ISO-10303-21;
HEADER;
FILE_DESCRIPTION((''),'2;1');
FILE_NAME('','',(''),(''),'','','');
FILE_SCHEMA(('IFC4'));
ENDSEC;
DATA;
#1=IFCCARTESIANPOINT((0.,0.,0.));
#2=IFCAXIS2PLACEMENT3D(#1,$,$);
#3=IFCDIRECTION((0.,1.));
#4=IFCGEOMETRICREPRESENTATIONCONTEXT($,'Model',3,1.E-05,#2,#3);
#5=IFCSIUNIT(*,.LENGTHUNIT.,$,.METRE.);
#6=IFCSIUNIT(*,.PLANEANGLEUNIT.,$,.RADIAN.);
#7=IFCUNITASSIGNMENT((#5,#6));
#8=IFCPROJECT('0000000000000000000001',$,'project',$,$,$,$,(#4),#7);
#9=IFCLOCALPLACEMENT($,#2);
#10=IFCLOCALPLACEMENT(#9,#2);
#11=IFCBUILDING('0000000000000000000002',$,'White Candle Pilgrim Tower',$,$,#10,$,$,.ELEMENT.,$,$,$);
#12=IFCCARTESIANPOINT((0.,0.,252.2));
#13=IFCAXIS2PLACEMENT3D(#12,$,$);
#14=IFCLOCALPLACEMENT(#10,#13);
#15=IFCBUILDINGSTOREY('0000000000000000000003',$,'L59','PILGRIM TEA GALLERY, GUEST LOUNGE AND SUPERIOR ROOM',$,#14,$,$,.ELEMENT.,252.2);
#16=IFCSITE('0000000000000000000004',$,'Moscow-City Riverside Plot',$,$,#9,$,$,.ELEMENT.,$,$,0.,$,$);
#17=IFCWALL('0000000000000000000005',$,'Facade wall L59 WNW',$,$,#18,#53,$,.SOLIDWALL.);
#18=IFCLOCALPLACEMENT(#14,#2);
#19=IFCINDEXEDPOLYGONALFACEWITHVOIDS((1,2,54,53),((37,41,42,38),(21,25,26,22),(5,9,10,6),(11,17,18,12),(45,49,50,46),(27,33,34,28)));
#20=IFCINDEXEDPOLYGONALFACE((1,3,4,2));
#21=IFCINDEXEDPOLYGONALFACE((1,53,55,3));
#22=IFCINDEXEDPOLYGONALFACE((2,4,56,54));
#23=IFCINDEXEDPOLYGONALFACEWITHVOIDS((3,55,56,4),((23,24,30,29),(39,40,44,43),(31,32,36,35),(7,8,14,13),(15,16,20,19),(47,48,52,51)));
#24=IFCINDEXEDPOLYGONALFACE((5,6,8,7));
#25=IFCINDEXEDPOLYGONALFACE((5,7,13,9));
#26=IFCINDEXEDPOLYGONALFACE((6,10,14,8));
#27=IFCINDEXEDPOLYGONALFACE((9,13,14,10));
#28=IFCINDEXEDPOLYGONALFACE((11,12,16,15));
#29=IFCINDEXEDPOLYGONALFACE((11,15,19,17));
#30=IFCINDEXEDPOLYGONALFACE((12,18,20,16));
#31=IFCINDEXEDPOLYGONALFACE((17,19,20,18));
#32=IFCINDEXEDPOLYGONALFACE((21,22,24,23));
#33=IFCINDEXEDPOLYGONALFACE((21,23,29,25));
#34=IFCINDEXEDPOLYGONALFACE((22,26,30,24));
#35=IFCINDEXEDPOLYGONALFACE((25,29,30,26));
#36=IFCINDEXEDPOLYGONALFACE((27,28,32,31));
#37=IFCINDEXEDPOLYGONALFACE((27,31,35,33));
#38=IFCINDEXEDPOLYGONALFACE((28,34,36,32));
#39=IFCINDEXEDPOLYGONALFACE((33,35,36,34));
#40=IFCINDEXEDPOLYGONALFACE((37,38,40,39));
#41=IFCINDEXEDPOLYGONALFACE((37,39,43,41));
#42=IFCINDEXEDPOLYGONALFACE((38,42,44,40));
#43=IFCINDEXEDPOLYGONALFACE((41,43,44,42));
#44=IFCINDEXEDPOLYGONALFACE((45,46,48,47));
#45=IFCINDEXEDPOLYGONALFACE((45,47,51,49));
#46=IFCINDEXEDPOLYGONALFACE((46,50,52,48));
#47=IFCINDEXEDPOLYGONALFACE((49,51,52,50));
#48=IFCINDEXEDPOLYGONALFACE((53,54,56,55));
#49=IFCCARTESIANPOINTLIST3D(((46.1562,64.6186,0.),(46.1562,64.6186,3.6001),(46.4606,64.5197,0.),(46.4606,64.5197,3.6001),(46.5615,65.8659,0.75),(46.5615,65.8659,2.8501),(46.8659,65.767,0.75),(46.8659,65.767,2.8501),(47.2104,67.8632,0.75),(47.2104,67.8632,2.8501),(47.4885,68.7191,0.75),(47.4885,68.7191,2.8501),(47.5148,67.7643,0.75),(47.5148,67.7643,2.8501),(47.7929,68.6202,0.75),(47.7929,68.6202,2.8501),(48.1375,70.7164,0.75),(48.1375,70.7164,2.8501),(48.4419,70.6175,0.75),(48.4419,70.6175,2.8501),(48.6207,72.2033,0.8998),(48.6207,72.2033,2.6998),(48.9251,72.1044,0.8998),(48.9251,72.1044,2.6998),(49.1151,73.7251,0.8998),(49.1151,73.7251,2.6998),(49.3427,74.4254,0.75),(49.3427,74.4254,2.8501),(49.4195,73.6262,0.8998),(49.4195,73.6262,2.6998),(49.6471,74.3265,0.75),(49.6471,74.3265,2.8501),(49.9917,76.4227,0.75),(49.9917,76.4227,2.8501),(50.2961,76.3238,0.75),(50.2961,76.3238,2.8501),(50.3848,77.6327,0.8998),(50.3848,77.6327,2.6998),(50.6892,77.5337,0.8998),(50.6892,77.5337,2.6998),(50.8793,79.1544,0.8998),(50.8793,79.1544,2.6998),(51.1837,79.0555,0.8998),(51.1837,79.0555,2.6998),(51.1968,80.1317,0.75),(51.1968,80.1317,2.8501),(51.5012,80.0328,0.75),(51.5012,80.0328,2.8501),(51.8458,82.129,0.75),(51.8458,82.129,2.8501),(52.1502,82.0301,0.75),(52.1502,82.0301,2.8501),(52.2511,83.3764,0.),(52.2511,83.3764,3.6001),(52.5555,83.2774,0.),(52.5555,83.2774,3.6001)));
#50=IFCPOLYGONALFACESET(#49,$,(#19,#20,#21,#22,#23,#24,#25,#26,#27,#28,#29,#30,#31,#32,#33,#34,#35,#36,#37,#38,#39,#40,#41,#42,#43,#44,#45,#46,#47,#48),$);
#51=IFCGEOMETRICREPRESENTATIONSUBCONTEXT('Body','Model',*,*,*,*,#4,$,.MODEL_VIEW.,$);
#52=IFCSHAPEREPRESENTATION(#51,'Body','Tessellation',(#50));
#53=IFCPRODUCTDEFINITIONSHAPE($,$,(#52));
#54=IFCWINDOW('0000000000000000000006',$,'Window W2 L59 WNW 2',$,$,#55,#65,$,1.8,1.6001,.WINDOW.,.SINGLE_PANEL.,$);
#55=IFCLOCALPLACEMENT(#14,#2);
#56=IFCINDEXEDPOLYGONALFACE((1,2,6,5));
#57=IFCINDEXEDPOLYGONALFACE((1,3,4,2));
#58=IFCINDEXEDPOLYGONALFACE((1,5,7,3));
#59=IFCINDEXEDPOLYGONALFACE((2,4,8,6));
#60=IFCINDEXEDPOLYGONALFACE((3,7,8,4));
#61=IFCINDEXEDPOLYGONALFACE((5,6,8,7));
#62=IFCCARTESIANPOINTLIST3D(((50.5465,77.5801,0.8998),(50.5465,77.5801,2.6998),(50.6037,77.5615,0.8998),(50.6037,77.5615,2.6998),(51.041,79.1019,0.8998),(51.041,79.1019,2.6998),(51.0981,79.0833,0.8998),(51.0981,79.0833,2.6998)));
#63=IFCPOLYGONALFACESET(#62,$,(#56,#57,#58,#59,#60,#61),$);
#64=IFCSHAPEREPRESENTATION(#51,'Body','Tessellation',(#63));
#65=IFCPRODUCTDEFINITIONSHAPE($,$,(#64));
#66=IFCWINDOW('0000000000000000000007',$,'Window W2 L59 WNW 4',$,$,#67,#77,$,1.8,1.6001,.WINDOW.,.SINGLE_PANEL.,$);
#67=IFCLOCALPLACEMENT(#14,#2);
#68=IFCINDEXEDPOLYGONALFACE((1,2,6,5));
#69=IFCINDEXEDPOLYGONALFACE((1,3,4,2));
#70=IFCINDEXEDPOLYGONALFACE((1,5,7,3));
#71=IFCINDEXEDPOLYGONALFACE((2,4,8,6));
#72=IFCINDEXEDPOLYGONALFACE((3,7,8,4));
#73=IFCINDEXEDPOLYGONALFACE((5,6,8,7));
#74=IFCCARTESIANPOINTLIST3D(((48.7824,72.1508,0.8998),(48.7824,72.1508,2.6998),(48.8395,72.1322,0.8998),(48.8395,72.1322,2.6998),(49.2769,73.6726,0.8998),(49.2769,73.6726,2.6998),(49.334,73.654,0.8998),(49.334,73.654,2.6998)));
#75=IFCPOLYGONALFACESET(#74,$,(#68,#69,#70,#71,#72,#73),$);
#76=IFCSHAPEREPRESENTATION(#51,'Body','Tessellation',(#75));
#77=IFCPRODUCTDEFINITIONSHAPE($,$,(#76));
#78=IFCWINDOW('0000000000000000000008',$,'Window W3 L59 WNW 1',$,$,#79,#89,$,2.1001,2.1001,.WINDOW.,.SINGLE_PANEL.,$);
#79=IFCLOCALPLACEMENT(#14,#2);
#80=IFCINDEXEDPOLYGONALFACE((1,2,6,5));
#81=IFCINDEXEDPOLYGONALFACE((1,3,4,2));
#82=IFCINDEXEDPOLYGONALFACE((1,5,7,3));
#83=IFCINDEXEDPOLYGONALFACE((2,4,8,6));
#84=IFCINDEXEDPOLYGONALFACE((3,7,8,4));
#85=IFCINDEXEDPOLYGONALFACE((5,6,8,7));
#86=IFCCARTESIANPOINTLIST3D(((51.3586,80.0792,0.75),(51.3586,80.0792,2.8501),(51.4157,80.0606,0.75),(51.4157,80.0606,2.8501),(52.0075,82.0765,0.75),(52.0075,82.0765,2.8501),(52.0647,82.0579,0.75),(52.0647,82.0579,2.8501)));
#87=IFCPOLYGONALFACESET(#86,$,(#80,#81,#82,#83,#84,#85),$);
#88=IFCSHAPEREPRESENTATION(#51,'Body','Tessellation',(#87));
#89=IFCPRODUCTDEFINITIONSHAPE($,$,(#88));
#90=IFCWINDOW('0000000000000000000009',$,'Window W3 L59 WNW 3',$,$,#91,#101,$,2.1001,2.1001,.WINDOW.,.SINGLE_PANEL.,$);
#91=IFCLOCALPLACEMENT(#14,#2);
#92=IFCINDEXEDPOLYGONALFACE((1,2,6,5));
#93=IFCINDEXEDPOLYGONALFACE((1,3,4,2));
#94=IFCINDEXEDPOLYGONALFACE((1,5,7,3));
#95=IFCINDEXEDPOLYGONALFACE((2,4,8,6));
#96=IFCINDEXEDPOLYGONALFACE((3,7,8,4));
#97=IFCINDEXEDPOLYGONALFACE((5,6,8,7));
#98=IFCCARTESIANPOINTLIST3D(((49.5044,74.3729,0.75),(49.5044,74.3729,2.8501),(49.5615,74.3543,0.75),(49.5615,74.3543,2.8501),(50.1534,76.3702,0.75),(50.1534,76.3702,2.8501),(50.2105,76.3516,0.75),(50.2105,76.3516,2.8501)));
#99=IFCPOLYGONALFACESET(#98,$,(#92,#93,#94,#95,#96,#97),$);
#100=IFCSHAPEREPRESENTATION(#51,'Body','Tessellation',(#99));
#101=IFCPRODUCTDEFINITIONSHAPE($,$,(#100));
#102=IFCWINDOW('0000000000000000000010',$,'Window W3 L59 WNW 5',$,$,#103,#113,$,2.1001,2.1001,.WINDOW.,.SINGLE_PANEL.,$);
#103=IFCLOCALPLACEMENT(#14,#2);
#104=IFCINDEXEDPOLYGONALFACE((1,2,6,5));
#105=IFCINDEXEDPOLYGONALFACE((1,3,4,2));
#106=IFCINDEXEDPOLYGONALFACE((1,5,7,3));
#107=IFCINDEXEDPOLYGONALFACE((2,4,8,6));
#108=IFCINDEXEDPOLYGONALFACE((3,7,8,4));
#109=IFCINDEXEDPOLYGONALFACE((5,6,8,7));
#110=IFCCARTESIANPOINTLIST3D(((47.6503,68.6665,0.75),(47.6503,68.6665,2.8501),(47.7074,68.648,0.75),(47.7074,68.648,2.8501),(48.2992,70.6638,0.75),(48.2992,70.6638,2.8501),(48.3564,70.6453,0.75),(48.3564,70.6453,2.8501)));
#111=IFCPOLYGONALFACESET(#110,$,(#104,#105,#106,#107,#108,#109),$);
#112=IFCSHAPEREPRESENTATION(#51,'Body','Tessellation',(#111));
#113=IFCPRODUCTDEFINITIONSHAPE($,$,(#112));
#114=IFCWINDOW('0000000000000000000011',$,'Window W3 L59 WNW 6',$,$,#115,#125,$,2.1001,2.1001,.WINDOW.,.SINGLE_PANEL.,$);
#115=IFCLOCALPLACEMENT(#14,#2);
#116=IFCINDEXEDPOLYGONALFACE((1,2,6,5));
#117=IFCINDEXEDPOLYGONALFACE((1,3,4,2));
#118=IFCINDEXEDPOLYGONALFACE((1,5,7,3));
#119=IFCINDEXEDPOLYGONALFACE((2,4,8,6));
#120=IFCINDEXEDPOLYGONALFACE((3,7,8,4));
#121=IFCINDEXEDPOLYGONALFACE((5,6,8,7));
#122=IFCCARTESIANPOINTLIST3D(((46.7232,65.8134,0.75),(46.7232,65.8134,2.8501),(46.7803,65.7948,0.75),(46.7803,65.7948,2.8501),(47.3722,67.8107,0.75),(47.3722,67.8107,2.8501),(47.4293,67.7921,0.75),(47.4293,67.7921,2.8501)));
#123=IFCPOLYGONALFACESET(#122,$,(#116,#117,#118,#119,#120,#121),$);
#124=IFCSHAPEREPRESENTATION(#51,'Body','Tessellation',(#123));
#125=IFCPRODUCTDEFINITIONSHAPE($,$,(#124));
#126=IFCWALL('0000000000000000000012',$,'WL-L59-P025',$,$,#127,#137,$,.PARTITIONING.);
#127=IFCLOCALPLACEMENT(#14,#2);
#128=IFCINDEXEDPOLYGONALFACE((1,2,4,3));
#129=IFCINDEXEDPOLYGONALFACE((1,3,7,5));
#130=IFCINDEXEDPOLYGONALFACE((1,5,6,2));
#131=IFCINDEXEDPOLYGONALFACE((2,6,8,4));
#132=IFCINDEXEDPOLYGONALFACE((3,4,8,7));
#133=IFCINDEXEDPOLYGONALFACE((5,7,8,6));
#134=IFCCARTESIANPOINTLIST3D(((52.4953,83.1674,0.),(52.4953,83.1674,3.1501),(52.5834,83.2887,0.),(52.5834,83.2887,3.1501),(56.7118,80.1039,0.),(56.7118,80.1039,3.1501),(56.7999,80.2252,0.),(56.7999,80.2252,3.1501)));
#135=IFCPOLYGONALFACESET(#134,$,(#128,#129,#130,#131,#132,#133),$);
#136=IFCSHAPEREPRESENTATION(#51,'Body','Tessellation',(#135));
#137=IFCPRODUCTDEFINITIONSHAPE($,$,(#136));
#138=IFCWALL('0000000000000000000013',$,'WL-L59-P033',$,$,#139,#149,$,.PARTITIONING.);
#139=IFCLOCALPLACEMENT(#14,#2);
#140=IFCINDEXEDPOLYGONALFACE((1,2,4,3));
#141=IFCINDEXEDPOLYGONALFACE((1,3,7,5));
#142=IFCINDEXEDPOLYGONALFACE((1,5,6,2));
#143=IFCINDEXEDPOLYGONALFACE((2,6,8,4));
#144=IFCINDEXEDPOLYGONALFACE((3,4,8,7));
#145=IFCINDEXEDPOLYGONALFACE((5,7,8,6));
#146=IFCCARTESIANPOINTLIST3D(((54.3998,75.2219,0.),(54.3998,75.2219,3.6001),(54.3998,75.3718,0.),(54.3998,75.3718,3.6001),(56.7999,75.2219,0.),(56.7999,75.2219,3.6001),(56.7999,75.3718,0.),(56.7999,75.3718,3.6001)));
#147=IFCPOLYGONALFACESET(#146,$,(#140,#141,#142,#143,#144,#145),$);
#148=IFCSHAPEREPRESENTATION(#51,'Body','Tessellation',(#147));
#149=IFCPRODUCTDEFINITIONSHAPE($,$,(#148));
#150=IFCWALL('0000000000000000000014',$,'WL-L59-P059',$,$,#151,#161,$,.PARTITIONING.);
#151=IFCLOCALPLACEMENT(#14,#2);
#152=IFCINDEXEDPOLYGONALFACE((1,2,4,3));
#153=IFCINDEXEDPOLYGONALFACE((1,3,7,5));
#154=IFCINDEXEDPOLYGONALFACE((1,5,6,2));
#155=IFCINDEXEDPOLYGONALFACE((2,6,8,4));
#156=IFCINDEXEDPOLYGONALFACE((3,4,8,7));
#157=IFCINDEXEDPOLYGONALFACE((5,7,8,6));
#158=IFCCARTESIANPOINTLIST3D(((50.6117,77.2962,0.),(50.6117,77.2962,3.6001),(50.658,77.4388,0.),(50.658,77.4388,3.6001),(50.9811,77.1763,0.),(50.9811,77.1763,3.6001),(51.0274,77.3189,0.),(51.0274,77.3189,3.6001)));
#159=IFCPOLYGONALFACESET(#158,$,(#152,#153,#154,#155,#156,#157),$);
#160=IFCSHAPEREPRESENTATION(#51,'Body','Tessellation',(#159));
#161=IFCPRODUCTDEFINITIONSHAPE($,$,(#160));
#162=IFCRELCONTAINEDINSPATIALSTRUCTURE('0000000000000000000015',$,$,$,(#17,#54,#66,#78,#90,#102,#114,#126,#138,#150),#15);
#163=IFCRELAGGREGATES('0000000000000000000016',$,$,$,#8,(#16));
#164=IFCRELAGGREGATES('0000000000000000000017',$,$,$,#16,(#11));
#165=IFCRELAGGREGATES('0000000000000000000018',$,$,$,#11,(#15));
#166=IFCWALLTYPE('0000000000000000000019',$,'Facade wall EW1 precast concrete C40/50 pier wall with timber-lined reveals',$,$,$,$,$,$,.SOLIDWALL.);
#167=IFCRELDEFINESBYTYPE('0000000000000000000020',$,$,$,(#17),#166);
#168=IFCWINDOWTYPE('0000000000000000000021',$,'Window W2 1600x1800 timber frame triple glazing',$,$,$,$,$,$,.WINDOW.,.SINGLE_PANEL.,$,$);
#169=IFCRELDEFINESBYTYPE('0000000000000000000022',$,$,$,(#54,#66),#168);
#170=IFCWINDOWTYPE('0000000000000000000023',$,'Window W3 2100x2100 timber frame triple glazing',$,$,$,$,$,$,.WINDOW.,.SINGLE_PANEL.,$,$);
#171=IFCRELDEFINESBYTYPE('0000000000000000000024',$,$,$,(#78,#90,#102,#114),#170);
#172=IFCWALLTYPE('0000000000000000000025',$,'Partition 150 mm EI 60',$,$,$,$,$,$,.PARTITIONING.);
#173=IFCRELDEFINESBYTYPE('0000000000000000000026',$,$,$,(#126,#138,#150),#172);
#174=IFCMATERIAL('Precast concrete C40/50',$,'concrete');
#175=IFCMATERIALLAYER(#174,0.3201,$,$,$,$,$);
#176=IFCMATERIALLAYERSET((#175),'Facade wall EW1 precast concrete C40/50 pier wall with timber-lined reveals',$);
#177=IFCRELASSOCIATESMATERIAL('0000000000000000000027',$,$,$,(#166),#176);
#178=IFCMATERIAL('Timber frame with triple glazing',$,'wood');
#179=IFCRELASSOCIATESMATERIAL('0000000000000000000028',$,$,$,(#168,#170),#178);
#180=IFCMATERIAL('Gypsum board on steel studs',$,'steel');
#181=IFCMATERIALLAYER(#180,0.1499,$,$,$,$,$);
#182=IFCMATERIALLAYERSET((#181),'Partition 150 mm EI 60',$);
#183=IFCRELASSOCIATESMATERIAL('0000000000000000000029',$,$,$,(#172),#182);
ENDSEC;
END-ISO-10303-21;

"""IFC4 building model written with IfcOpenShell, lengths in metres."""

from ifc_helpers import new_model, si_unit, direction, frame, frame_2d, origin, place, context, subcontext, project, spatial, rectangle, extrude, material, layer, layer_set, type_object, element, fill, save


model = new_model("IFC4")

# Units and contexts
model_context = context("Model", 3, precision=1e-05, world=origin(), true_north=direction((0.0, 1.0)))
body_context = subcontext(model_context, "Body", "Model", "MODEL_VIEW")
ifc_project = project(units=[si_unit("LENGTHUNIT", "METRE"), si_unit("PLANEANGLEUNIT", "RADIAN")], contexts=[model_context])

# Site, building, storey
site_placement = place(None, origin())
site = spatial("IfcSite", under=ifc_project, at=site_placement, Name="Moscow-City Riverside Plot", CompositionType="ELEMENT", RefElevation=0.0)
building_placement = place(site_placement, origin())
building = spatial("IfcBuilding", under=site, at=building_placement, Name="White Candle Pilgrim Tower", CompositionType="ELEMENT")
storey_placement = place(building_placement, frame((0.0, 0.0, 252.2)))
storey = spatial("IfcBuildingStorey", under=building, at=storey_placement, Name="L59", Description="PILGRIM TEA GALLERY, GUEST LOUNGE AND SUPERIOR ROOM", CompositionType="ELEMENT", Elevation=252.2)

# Shared definitions
ifc_material_1 = material(Name="Precast concrete C40/50", Category="concrete")
ifc_layer_1 = layer(ifc_material_1, 0.3201)
ifc_layer_set_1 = layer_set([ifc_layer_1], Name="Facade wall EW1 precast concrete C40/50 pier wall with timber-lined reveals")
wall_type_1 = type_object("IfcWallType", Name="Facade wall EW1 precast concrete C40/50 pier wall with timber-lined reveals", PredefinedType="SOLIDWALL", material=ifc_layer_set_1)
ifc_material_2 = material(Name="Timber frame with triple glazing", Category="wood")

# Wall, openings, windows
wall_1_placement = place(storey_placement, frame((52.4033, 83.3269, 0.0), z_axis=(0.0, 0.0, 1.0), x_axis=(-0.309026, -0.951054, 0.0)))
wall_1 = element("IfcWall", 1, at=wall_1_placement, inside=storey, type_object=wall_type_1, Name="Facade wall L59 WNW", PredefinedType="SOLIDWALL", context=body_context, shape_type="SweptSolid", body=[
    extrude(rectangle(XDim=19.7231, YDim=0.3201, at=frame_2d((9.8616, 0.0))), origin(), (0.0, 0.0, 1.0), 3.6001),
])
opening_1_placement = place(wall_1_placement, frame((1.3115, 0.0, 0.75)))
opening_1 = element("IfcOpeningElement", 2, at=opening_1_placement, cuts=wall_1, PredefinedType="OPENING", context=body_context, shape_type="SweptSolid", body=[
    extrude(rectangle(XDim=2.1001, YDim=2.1001, at=frame_2d((1.05, 1.05))), frame((0.0, 0.1699, 0.0), z_axis=(0.0, -1.0, 0.0), x_axis=(1.0, 0.0, 0.0)), (0.0, 0.0, 1.0), 0.3401),
])
opening_2_placement = place(wall_1_placement, frame((4.4392, 0.0, 0.8999)))
opening_2 = element("IfcOpeningElement", 3, at=opening_2_placement, cuts=wall_1, PredefinedType="OPENING", context=body_context, shape_type="SweptSolid", body=[
    extrude(rectangle(XDim=1.6001, YDim=1.8, at=frame_2d((0.8, 0.8999))), frame((0.0, 0.1699, 0.0), z_axis=(0.0, -1.0, 0.0), x_axis=(1.0, 0.0, 0.0)), (0.0, 0.0, 1.0), 0.3401),
])
opening_3_placement = place(wall_1_placement, frame((7.3115, 0.0, 0.75)))
opening_3 = element("IfcOpeningElement", 4, at=opening_3_placement, cuts=wall_1, PredefinedType="OPENING", context=body_context, shape_type="SweptSolid", body=[
    extrude(rectangle(XDim=2.1001, YDim=2.1001, at=frame_2d((1.05, 1.05))), frame((0.0, 0.1699, 0.0), z_axis=(0.0, -1.0, 0.0), x_axis=(1.0, 0.0, 0.0)), (0.0, 0.0, 1.0), 0.3401),
])
opening_4_placement = place(wall_1_placement, frame((10.1479, 0.0, 0.8999)))
opening_4 = element("IfcOpeningElement", 5, at=opening_4_placement, cuts=wall_1, PredefinedType="OPENING", context=body_context, shape_type="SweptSolid", body=[
    extrude(rectangle(XDim=1.6001, YDim=1.8, at=frame_2d((0.8, 0.8999))), frame((0.0, 0.1699, 0.0), z_axis=(0.0, -1.0, 0.0), x_axis=(1.0, 0.0, 0.0)), (0.0, 0.0, 1.0), 0.3401),
])
opening_5_placement = place(wall_1_placement, frame((13.3115, 0.0, 0.75)))
opening_5 = element("IfcOpeningElement", 6, at=opening_5_placement, cuts=wall_1, PredefinedType="OPENING", context=body_context, shape_type="SweptSolid", body=[
    extrude(rectangle(XDim=2.1001, YDim=2.1001, at=frame_2d((1.05, 1.05))), frame((0.0, 0.1699, 0.0), z_axis=(0.0, -1.0, 0.0), x_axis=(1.0, 0.0, 0.0)), (0.0, 0.0, 1.0), 0.3401),
])
opening_6_placement = place(wall_1_placement, frame((16.3115, 0.0, 0.75)))
opening_6 = element("IfcOpeningElement", 7, at=opening_6_placement, cuts=wall_1, PredefinedType="OPENING", context=body_context, shape_type="SweptSolid", body=[
    extrude(rectangle(XDim=2.1001, YDim=2.1001, at=frame_2d((1.05, 1.05))), frame((0.0, 0.1699, 0.0), z_axis=(0.0, -1.0, 0.0), x_axis=(1.0, 0.0, 0.0)), (0.0, 0.0, 1.0), 0.3401),
])
window_type_1 = type_object("IfcWindowType", Name="Window W2 1600x1800 timber frame triple glazing", PartitioningType="SINGLE_PANEL", PredefinedType="WINDOW", material=ifc_material_2)
window_1_placement = place(opening_2_placement, origin())
window_1 = element("IfcWindow", 8, at=window_1_placement, inside=storey, type_object=window_type_1, Name="Window W2 L59 WNW 2", OverallHeight=1.8, OverallWidth=1.6001, PartitioningType="SINGLE_PANEL", PredefinedType="WINDOW", context=body_context, shape_type="SweptSolid", body=[
    extrude(rectangle(XDim=1.6001, YDim=1.8, at=frame_2d((0.8, 0.8999))), frame((0.0, 0.0701, 0.0), z_axis=(0.0, -1.0, 0.0), x_axis=(1.0, 0.0, 0.0)), (0.0, 0.0, 1.0), 0.0601),
])
fill(opening_2, window_1)
window_2_placement = place(opening_4_placement, origin())
window_2 = element("IfcWindow", 9, at=window_2_placement, inside=storey, type_object=window_type_1, Name="Window W2 L59 WNW 4", OverallHeight=1.8, OverallWidth=1.6001, PartitioningType="SINGLE_PANEL", PredefinedType="WINDOW", context=body_context, shape_type="SweptSolid", body=[
    extrude(rectangle(XDim=1.6001, YDim=1.8, at=frame_2d((0.8, 0.8999))), frame((0.0, 0.0701, 0.0), z_axis=(0.0, -1.0, 0.0), x_axis=(1.0, 0.0, 0.0)), (0.0, 0.0, 1.0), 0.0601),
])
fill(opening_4, window_2)
window_type_2 = type_object("IfcWindowType", Name="Window W3 2100x2100 timber frame triple glazing", PartitioningType="SINGLE_PANEL", PredefinedType="WINDOW", material=ifc_material_2)
window_3_placement = place(opening_1_placement, origin())
window_3 = element("IfcWindow", 10, at=window_3_placement, inside=storey, type_object=window_type_2, Name="Window W3 L59 WNW 1", OverallHeight=2.1001, OverallWidth=2.1001, PartitioningType="SINGLE_PANEL", PredefinedType="WINDOW", context=body_context, shape_type="SweptSolid", body=[
    extrude(rectangle(XDim=2.1001, YDim=2.1001, at=frame_2d((1.05, 1.05))), frame((0.0, 0.0701, 0.0), z_axis=(0.0, -1.0, 0.0), x_axis=(1.0, 0.0, 0.0)), (0.0, 0.0, 1.0), 0.0601),
])
fill(opening_1, window_3)
window_4_placement = place(opening_3_placement, origin())
window_4 = element("IfcWindow", 11, at=window_4_placement, inside=storey, type_object=window_type_2, Name="Window W3 L59 WNW 3", OverallHeight=2.1001, OverallWidth=2.1001, PartitioningType="SINGLE_PANEL", PredefinedType="WINDOW", context=body_context, shape_type="SweptSolid", body=[
    extrude(rectangle(XDim=2.1001, YDim=2.1001, at=frame_2d((1.05, 1.05))), frame((0.0, 0.0701, 0.0), z_axis=(0.0, -1.0, 0.0), x_axis=(1.0, 0.0, 0.0)), (0.0, 0.0, 1.0), 0.0601),
])
fill(opening_3, window_4)
window_5_placement = place(opening_5_placement, origin())
window_5 = element("IfcWindow", 12, at=window_5_placement, inside=storey, type_object=window_type_2, Name="Window W3 L59 WNW 5", OverallHeight=2.1001, OverallWidth=2.1001, PartitioningType="SINGLE_PANEL", PredefinedType="WINDOW", context=body_context, shape_type="SweptSolid", body=[
    extrude(rectangle(XDim=2.1001, YDim=2.1001, at=frame_2d((1.05, 1.05))), frame((0.0, 0.0701, 0.0), z_axis=(0.0, -1.0, 0.0), x_axis=(1.0, 0.0, 0.0)), (0.0, 0.0, 1.0), 0.0601),
])
fill(opening_5, window_5)
window_6_placement = place(opening_6_placement, origin())
window_6 = element("IfcWindow", 13, at=window_6_placement, inside=storey, type_object=window_type_2, Name="Window W3 L59 WNW 6", OverallHeight=2.1001, OverallWidth=2.1001, PartitioningType="SINGLE_PANEL", PredefinedType="WINDOW", context=body_context, shape_type="SweptSolid", body=[
    extrude(rectangle(XDim=2.1001, YDim=2.1001, at=frame_2d((1.05, 1.05))), frame((0.0, 0.0701, 0.0), z_axis=(0.0, -1.0, 0.0), x_axis=(1.0, 0.0, 0.0)), (0.0, 0.0, 1.0), 0.0601),
])
fill(opening_6, window_6)

# Walls
ifc_material_3 = material(Name="Gypsum board on steel studs", Category="steel")
ifc_layer_2 = layer(ifc_material_3, 0.1499)
ifc_layer_set_2 = layer_set([ifc_layer_2], Name="Partition 150 mm EI 60")
wall_type_2 = type_object("IfcWallType", Name="Partition 150 mm EI 60", PredefinedType="PARTITIONING", material=ifc_layer_set_2)
wall_2_placement = place(storey_placement, frame((52.5393, 83.228, 0.0), z_axis=(0.0, 0.0, 1.0), x_axis=(0.80902, -0.587782, 0.0)))
element("IfcWall", 14, at=wall_2_placement, inside=storey, type_object=wall_type_2, Name="WL-L59-P025", PredefinedType="PARTITIONING", context=body_context, shape_type="SweptSolid", body=[
    extrude(rectangle(XDim=5.2119, YDim=0.1499, at=frame_2d((2.606, 0.0))), origin(), (0.0, 0.0, 1.0), 3.1501),
])
wall_3_placement = place(storey_placement, frame((56.8, 75.2969, 0.0), z_axis=(0.0, 0.0, 1.0), x_axis=(-1.0, 0.0, 0.0)))
element("IfcWall", 15, at=wall_3_placement, inside=storey, type_object=wall_type_2, Name="WL-L59-P033", PredefinedType="PARTITIONING", context=body_context, shape_type="SweptSolid", body=[
    extrude(rectangle(XDim=2.4001, YDim=0.1499, at=frame_2d((1.2002, 0.0))), origin(), (0.0, 0.0, 1.0), 3.6001),
])
wall_4_placement = place(storey_placement, frame((51.0044, 77.2476, 0.0), z_axis=(0.0, 0.0, 1.0), x_axis=(-0.951168, 0.308674, 0.0)))
element("IfcWall", 16, at=wall_4_placement, inside=storey, type_object=wall_type_2, Name="WL-L59-P059", PredefinedType="PARTITIONING", context=body_context, shape_type="SweptSolid", body=[
    extrude(rectangle(XDim=0.3884, YDim=0.1499, at=frame_2d((0.1943, 0.0))), origin(), (0.0, 0.0, 1.0), 3.6001),
])

save(model, "model.ifc")
